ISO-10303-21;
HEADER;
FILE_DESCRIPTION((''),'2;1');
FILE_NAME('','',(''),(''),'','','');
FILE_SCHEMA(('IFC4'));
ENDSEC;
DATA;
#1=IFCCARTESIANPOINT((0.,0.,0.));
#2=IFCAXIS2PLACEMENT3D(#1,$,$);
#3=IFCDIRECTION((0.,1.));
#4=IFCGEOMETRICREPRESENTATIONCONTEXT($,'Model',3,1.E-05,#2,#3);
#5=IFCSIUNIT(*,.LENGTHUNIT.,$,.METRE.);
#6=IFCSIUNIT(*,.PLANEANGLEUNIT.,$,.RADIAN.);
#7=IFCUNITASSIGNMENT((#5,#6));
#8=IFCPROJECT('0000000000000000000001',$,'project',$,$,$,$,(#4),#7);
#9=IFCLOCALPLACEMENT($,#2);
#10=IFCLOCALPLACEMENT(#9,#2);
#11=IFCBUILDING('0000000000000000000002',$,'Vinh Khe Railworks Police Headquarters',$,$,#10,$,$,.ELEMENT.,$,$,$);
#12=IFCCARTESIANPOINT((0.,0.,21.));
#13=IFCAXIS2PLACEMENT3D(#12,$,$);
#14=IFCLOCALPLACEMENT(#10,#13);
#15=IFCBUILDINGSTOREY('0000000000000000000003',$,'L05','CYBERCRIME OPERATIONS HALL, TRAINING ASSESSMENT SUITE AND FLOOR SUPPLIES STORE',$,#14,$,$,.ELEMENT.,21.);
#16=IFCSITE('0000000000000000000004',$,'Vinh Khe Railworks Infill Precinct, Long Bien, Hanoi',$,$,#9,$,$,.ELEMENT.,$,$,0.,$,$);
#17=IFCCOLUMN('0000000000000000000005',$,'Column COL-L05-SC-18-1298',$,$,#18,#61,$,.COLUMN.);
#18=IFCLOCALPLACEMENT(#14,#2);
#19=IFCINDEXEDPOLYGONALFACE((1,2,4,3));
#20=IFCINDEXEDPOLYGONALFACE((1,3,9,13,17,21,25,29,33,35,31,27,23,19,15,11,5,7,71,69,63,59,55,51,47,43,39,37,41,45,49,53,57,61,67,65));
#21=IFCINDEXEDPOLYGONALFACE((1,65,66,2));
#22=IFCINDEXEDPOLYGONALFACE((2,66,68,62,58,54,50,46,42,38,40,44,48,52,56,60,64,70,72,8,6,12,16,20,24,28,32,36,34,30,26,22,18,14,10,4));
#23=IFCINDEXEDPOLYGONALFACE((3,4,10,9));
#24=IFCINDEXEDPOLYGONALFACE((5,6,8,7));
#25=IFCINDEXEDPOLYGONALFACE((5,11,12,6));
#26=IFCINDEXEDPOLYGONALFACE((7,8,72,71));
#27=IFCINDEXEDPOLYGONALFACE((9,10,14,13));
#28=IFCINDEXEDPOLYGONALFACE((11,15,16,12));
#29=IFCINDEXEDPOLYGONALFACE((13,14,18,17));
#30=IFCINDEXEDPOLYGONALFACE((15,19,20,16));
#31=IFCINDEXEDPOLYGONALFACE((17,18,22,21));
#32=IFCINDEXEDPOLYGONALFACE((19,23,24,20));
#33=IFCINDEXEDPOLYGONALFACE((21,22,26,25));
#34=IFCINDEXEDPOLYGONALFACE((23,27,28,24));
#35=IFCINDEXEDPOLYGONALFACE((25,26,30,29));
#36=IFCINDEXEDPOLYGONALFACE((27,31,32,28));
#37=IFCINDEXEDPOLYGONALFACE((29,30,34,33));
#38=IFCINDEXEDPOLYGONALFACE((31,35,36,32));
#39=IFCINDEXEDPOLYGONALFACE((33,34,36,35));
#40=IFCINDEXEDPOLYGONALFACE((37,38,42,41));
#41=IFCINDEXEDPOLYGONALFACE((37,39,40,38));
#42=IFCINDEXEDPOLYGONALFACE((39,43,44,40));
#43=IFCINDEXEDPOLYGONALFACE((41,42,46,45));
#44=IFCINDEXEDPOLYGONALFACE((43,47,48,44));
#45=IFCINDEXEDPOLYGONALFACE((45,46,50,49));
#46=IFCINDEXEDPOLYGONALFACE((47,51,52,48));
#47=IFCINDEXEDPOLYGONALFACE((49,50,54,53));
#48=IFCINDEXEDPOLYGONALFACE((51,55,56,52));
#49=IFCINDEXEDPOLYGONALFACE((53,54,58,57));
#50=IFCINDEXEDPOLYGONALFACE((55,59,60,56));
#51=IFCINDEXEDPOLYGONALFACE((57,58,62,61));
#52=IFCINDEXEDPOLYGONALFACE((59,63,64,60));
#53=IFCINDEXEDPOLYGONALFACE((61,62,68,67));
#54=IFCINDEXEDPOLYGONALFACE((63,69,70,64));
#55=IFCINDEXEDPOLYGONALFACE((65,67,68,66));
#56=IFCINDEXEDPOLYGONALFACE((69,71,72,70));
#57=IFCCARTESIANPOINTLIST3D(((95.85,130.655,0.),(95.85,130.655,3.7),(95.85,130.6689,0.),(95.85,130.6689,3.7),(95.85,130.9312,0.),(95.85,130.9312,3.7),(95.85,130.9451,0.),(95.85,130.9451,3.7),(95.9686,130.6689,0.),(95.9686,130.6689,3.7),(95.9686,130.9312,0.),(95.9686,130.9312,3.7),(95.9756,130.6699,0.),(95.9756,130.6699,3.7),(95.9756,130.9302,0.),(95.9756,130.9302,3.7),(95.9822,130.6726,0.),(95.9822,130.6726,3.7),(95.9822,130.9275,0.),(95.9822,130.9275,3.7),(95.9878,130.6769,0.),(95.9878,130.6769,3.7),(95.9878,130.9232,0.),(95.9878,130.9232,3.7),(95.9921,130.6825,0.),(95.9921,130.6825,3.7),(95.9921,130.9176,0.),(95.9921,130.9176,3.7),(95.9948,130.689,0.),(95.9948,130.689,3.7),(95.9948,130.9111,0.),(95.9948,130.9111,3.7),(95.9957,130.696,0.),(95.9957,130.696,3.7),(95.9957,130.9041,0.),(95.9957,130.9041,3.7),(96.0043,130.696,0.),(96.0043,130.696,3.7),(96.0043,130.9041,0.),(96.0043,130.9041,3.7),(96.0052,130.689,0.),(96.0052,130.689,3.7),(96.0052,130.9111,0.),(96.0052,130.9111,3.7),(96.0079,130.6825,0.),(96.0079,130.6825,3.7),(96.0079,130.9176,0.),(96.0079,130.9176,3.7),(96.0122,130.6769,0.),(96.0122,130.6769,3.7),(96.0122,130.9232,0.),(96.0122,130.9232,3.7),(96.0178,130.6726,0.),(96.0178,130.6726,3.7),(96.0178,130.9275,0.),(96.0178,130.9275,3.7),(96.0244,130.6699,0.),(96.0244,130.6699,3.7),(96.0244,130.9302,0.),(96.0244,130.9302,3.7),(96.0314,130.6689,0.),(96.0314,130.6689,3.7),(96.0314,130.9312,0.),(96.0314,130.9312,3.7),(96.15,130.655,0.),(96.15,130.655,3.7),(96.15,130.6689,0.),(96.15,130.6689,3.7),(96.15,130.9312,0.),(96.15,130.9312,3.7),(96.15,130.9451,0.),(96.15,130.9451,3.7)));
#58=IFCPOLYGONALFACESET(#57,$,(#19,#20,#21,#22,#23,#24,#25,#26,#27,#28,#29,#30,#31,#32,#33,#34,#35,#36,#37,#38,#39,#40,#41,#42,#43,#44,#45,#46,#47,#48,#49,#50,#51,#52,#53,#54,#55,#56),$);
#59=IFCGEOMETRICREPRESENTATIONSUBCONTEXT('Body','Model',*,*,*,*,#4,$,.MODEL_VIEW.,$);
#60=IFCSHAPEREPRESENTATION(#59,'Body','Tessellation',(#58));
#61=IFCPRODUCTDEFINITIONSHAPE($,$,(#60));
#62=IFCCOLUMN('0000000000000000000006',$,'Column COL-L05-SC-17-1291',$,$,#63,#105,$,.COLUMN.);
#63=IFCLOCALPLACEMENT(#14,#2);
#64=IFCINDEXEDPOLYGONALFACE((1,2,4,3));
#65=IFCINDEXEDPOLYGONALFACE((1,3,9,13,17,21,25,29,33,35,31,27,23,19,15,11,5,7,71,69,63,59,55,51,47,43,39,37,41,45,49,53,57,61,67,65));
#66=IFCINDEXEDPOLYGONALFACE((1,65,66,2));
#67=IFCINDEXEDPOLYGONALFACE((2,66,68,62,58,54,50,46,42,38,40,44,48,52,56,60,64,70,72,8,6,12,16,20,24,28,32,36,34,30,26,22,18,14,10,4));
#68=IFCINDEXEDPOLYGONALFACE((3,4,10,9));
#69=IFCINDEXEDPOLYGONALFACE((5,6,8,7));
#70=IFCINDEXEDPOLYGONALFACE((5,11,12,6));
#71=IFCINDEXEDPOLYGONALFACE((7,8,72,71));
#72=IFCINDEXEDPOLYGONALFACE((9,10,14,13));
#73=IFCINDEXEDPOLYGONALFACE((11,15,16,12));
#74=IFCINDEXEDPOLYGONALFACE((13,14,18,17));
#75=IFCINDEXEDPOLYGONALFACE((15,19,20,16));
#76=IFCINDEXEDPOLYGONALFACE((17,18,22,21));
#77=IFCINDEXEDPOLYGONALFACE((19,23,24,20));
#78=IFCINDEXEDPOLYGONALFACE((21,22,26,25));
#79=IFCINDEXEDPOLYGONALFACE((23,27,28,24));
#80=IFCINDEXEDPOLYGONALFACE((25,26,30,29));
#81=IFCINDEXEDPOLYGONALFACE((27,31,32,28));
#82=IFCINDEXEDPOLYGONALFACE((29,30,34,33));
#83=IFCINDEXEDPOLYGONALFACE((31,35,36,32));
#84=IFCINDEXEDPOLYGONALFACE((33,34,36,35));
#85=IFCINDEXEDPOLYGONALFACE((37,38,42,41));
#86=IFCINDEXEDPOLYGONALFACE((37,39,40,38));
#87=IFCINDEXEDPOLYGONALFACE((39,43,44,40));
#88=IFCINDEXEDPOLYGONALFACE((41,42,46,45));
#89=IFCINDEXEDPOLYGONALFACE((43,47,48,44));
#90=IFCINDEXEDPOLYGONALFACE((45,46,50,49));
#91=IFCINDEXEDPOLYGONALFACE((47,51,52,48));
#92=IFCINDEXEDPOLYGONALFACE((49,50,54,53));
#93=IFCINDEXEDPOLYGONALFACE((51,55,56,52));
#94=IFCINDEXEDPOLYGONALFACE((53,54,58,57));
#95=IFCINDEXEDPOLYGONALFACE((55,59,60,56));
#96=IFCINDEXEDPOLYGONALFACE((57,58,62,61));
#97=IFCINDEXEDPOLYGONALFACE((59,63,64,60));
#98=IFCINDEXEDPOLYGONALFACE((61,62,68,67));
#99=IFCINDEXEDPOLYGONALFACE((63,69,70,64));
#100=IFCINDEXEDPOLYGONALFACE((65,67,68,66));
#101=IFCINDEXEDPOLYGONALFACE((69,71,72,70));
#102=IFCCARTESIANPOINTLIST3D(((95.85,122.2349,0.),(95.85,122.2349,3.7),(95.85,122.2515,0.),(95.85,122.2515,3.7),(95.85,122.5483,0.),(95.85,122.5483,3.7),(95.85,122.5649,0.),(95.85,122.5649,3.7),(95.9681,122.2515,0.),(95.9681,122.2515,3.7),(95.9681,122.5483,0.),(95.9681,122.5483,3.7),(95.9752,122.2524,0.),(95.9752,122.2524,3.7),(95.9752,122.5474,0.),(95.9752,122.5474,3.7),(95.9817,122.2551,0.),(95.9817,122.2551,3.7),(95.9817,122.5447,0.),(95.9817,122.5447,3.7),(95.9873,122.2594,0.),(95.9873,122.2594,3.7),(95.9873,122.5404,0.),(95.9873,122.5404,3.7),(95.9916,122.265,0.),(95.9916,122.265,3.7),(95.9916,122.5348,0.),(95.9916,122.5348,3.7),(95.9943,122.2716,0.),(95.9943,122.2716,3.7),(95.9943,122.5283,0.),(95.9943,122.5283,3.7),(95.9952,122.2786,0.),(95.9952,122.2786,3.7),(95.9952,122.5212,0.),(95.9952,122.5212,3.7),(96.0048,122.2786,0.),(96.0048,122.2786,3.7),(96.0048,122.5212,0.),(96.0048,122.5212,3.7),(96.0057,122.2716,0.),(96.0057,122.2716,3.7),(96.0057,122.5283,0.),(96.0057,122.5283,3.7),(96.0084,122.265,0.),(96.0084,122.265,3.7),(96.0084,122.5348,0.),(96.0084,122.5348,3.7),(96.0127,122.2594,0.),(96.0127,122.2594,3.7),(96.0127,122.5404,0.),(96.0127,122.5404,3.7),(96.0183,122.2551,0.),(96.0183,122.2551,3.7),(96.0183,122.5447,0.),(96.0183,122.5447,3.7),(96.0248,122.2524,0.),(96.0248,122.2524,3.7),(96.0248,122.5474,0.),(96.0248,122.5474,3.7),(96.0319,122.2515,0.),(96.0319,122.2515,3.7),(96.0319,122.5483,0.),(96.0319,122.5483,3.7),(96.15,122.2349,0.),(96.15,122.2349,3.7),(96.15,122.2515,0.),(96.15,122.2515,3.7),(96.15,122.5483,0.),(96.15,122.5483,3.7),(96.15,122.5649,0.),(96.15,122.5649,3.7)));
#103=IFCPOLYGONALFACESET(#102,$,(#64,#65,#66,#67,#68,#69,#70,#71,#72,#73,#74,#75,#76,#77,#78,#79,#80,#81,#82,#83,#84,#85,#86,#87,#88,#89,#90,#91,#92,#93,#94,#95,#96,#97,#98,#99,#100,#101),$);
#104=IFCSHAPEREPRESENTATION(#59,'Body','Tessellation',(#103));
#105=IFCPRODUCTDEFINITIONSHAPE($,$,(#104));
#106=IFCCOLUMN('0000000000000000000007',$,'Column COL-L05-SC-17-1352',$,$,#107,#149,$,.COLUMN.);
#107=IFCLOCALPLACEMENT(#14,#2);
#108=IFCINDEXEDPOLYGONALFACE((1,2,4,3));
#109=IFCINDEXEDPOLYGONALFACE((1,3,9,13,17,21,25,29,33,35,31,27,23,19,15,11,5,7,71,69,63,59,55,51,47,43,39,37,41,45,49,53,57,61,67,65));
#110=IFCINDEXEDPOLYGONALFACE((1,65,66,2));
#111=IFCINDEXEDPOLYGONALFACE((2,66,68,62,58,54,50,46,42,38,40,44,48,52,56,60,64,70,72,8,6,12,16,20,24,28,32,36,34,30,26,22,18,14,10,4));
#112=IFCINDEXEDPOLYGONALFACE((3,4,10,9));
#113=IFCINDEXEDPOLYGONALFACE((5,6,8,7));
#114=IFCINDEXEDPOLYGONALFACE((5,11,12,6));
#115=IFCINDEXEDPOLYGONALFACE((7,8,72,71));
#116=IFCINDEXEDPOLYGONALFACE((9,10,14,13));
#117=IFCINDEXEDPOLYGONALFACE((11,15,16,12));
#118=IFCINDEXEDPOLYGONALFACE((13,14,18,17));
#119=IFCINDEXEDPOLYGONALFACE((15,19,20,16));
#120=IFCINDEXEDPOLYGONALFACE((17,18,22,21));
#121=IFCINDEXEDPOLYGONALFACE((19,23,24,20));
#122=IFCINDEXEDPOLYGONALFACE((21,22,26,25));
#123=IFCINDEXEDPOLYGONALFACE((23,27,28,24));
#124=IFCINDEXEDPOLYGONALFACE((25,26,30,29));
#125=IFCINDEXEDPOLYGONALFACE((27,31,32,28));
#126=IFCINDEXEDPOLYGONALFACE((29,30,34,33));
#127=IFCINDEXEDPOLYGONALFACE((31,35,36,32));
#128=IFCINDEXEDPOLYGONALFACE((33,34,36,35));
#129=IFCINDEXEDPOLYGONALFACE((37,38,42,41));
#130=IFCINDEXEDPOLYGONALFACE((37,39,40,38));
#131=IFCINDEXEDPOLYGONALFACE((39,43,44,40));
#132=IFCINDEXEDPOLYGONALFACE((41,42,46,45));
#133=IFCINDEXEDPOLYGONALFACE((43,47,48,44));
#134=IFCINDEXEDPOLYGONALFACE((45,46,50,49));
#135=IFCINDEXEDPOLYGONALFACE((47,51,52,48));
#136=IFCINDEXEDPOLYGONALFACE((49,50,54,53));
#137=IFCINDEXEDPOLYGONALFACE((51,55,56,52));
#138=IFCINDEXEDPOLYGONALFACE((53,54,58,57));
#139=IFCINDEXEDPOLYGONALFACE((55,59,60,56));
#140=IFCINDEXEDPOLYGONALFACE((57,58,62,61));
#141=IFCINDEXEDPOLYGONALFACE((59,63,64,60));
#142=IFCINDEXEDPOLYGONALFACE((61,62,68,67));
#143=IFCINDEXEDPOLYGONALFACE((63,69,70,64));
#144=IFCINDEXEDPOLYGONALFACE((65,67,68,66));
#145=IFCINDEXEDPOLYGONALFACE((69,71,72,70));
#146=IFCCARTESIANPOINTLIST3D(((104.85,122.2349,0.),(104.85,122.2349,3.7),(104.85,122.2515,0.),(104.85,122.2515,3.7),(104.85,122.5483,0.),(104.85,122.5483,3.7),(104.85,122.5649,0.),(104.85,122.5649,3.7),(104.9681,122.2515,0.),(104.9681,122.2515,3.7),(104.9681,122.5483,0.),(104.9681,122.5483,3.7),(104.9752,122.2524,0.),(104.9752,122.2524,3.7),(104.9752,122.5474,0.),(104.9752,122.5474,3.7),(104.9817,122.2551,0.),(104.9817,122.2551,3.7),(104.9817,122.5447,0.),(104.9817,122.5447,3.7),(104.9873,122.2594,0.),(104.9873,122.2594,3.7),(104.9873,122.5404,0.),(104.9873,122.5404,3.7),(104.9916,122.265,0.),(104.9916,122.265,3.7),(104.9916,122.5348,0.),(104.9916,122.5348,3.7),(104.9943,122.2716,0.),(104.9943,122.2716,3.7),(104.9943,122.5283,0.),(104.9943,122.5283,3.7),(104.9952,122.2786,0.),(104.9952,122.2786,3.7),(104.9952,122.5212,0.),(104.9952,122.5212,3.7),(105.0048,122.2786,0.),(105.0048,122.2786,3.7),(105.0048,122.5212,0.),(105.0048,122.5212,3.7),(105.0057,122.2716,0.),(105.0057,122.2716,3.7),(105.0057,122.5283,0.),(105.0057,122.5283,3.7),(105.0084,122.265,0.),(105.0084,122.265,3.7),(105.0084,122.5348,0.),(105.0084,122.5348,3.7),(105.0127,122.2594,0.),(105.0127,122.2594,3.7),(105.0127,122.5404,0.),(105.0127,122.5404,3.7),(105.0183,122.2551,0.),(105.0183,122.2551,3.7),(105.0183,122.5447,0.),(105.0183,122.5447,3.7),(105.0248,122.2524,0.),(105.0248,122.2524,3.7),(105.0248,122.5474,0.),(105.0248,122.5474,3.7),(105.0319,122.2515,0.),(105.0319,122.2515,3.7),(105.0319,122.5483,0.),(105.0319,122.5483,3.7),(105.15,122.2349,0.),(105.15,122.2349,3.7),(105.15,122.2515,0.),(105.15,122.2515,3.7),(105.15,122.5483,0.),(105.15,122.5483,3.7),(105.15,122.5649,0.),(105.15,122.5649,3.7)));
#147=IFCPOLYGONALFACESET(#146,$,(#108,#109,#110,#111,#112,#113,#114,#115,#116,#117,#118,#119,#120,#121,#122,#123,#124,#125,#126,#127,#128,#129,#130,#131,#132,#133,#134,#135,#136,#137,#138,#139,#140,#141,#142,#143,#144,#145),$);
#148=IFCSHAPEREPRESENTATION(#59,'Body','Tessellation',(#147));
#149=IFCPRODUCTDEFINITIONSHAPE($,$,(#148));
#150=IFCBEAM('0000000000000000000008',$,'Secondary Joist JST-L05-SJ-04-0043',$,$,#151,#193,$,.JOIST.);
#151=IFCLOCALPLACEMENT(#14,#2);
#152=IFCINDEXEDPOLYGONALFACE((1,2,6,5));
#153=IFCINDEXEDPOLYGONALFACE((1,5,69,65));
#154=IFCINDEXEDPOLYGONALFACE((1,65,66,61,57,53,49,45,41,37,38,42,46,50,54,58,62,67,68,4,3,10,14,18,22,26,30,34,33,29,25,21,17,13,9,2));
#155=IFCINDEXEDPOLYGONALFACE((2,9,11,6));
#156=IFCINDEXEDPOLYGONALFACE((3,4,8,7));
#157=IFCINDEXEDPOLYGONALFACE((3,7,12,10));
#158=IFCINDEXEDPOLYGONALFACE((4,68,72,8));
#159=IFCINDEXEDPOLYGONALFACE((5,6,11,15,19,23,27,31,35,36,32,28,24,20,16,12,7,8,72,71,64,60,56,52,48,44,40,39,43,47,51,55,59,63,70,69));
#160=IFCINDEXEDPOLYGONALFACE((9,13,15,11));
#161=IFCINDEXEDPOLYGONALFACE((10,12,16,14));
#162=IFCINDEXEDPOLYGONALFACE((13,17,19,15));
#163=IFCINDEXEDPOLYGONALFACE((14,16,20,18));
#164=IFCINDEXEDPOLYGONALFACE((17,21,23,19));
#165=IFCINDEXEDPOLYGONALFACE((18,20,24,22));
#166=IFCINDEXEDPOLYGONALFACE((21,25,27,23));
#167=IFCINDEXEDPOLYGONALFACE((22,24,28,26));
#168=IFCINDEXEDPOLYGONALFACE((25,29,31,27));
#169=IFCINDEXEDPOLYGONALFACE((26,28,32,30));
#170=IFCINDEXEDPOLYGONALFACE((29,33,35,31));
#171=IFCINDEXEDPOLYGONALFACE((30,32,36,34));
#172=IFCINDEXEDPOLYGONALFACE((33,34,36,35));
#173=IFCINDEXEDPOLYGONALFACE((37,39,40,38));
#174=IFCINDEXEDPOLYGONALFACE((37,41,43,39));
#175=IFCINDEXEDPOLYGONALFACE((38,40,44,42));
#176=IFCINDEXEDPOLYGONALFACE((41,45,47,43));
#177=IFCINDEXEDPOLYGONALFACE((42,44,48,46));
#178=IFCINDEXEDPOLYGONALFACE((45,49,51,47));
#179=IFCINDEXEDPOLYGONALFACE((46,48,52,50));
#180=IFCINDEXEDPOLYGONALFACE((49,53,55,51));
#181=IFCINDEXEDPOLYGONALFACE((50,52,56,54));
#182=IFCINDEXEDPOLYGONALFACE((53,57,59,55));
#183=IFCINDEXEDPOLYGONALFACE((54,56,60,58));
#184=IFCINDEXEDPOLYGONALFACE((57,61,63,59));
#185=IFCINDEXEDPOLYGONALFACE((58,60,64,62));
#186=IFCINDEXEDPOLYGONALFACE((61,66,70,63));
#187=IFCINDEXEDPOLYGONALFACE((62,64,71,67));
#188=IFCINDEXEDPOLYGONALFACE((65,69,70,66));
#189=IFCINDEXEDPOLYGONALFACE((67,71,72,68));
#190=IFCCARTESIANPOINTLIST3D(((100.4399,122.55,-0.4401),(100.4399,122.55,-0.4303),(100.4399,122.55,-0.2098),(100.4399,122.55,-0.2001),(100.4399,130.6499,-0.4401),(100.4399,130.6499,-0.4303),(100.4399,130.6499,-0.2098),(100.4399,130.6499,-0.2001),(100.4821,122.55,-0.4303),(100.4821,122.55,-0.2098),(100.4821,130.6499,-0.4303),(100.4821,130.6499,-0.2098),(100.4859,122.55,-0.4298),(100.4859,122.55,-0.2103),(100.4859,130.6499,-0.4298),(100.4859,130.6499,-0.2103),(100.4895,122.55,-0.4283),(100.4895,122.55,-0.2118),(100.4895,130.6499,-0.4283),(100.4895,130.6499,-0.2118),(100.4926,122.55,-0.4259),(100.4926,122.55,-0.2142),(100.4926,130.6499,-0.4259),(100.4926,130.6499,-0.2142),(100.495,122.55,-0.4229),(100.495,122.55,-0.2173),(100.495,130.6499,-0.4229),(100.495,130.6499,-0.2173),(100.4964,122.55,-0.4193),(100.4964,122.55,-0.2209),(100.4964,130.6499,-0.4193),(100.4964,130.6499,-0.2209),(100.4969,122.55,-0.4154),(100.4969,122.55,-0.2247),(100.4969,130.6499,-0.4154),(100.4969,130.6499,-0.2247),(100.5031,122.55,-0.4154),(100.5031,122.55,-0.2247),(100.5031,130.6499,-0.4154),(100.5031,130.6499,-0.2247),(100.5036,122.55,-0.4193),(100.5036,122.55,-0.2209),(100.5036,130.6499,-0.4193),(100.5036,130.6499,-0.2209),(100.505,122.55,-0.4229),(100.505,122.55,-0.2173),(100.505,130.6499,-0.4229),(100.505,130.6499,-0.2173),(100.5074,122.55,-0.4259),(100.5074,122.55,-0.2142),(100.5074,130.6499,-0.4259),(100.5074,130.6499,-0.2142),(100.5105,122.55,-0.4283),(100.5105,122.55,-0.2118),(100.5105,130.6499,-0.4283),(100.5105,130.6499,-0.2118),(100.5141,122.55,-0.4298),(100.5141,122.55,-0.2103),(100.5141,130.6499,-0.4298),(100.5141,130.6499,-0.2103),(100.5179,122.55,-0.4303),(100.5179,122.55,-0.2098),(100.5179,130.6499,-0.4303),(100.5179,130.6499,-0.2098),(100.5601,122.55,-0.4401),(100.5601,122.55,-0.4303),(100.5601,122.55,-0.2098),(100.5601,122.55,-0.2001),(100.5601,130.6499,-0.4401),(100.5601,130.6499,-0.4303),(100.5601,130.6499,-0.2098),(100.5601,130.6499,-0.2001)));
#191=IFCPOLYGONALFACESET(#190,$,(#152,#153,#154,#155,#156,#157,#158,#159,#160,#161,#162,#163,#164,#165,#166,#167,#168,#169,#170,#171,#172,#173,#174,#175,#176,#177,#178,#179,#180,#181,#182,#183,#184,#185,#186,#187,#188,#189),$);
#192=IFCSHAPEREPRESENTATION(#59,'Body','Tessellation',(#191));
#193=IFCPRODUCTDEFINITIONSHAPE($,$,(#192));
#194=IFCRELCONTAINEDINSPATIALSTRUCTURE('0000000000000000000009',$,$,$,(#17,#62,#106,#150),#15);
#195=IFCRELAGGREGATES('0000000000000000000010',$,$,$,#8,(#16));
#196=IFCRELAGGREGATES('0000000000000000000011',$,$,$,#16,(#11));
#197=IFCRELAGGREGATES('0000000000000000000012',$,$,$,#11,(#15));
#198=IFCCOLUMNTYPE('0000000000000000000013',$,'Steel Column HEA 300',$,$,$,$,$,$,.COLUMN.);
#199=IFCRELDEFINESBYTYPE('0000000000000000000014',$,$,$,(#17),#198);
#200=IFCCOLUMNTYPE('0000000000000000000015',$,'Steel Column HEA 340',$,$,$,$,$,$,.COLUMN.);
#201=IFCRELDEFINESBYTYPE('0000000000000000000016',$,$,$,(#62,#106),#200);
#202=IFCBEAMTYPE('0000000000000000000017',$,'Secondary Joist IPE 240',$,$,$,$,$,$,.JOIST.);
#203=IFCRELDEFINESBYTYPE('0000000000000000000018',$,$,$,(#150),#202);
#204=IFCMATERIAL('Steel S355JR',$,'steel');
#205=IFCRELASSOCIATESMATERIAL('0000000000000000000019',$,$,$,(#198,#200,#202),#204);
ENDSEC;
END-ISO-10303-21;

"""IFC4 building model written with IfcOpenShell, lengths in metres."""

from ifc_helpers import new_model, si_unit, direction, frame, origin, origin_2d, place, context, subcontext, project, spatial, i_section, extrude, material, material_profile, profile_set, type_object, element, save


model = new_model("IFC4")

# Units and contexts
model_context = context("Model", 3, precision=1e-05, world=origin(), true_north=direction((0.0, 1.0)))
body_context = subcontext(model_context, "Body", "Model", "MODEL_VIEW")
ifc_project = project(units=[si_unit("LENGTHUNIT", "METRE"), si_unit("PLANEANGLEUNIT", "RADIAN")], contexts=[model_context])

# Site, building, storey
site_placement = place(None, origin())
site = spatial("IfcSite", under=ifc_project, at=site_placement, Name="Vinh Khe Railworks Infill Precinct, Long Bien, Hanoi", CompositionType="ELEMENT", RefElevation=0.0)
building_placement = place(site_placement, origin())
building = spatial("IfcBuilding", under=site, at=building_placement, Name="Vinh Khe Railworks Police Headquarters", CompositionType="ELEMENT")
storey_placement = place(building_placement, frame((0.0, 0.0, 21.0)))
storey = spatial("IfcBuildingStorey", under=building, at=storey_placement, Name="L05", Description="CYBERCRIME OPERATIONS HALL, TRAINING ASSESSMENT SUITE AND FLOOR SUPPLIES STORE", CompositionType="ELEMENT", Elevation=21.0)

# Columns
ifc_material_1 = material(Name="Steel S355JR", Category="steel")
ifc_material_profile_1 = material_profile(ifc_material_1, i_section(OverallWidth=0.3, OverallDepth=0.29, WebThickness=0.0085, FlangeThickness=0.0139, FilletRadius=0.0271, at=origin_2d()), Name="HEA 300")
ifc_profile_set_1 = profile_set([ifc_material_profile_1], Name="Steel S355JR")
column_type_1 = type_object("IfcColumnType", Name="Steel Column HEA 300", PredefinedType="COLUMN", material=ifc_profile_set_1)
column_placement = place(storey_placement, frame((96.0, 130.8, 0.0), z_axis=(0.0, 0.0, 1.0), x_axis=(1.0, 0.0, 0.0)))
element("IfcColumn", 1, at=column_placement, inside=storey, type_object=column_type_1, Name="Column COL-L05-SC-18-1298", PredefinedType="COLUMN", context=body_context, shape_type="SweptSolid", body=[
    extrude(i_section(OverallWidth=0.3, OverallDepth=0.29, WebThickness=0.0085, FlangeThickness=0.0139, FilletRadius=0.0271, at=origin_2d()), origin(), (0.0, 0.0, 1.0), 3.7),
])
ifc_material_profile_2 = material_profile(ifc_material_1, i_section(OverallWidth=0.3, OverallDepth=0.3301, WebThickness=0.0095, FlangeThickness=0.0166, FilletRadius=0.0271, at=origin_2d()), Name="HEA 340")
ifc_profile_set_2 = profile_set([ifc_material_profile_2], Name="Steel S355JR")
column_type_2 = type_object("IfcColumnType", Name="Steel Column HEA 340", PredefinedType="COLUMN", material=ifc_profile_set_2)
for number, where, z_axis, x_axis, name in (
    (2, (96.0, 122.3999, 0.0), (0.0, 0.0, 1.0), (1.0, 0.0, 0.0), "Column COL-L05-SC-17-1291"),
    (3, (105.0, 122.3999, 0.0), (0.0, 0.0, 1.0), (1.0, 0.0, 0.0), "Column COL-L05-SC-17-1352"),
):
    element("IfcColumn", number, at=place(storey_placement, frame(where, z_axis=z_axis, x_axis=x_axis)), inside=storey, type_object=column_type_2, Name=name, PredefinedType="COLUMN", context=body_context, shape_type="SweptSolid", body=[
        extrude(i_section(OverallWidth=0.3, OverallDepth=0.3301, WebThickness=0.0095, FlangeThickness=0.0166, FilletRadius=0.0271, at=origin_2d()), origin(), (0.0, 0.0, 1.0), 3.7),
    ])

# Beam
ifc_material_profile_3 = material_profile(ifc_material_1, i_section(OverallWidth=0.1201, OverallDepth=0.24, WebThickness=0.0061, FlangeThickness=0.0098, FilletRadius=0.0149, at=origin_2d()), Name="IPE 240")
ifc_profile_set_3 = profile_set([ifc_material_profile_3], Name="Steel S355JR")
beam_type_1 = type_object("IfcBeamType", Name="Secondary Joist IPE 240", PredefinedType="JOIST", material=ifc_profile_set_3)
beam_1_placement = place(storey_placement, frame((100.5, 122.55, -0.3201), z_axis=(0.0, 1.0, 0.0), x_axis=(-1.0, 0.0, 0.0)))
element("IfcBeam", 4, at=beam_1_placement, inside=storey, type_object=beam_type_1, Name="Secondary Joist JST-L05-SJ-04-0043", PredefinedType="JOIST", context=body_context, shape_type="SweptSolid", body=[
    extrude(i_section(OverallWidth=0.1201, OverallDepth=0.24, WebThickness=0.0061, FlangeThickness=0.0098, FilletRadius=0.0149, at=origin_2d()), origin(), (0.0, 0.0, 1.0), 8.0999),
])

save(model, "model.ifc")
